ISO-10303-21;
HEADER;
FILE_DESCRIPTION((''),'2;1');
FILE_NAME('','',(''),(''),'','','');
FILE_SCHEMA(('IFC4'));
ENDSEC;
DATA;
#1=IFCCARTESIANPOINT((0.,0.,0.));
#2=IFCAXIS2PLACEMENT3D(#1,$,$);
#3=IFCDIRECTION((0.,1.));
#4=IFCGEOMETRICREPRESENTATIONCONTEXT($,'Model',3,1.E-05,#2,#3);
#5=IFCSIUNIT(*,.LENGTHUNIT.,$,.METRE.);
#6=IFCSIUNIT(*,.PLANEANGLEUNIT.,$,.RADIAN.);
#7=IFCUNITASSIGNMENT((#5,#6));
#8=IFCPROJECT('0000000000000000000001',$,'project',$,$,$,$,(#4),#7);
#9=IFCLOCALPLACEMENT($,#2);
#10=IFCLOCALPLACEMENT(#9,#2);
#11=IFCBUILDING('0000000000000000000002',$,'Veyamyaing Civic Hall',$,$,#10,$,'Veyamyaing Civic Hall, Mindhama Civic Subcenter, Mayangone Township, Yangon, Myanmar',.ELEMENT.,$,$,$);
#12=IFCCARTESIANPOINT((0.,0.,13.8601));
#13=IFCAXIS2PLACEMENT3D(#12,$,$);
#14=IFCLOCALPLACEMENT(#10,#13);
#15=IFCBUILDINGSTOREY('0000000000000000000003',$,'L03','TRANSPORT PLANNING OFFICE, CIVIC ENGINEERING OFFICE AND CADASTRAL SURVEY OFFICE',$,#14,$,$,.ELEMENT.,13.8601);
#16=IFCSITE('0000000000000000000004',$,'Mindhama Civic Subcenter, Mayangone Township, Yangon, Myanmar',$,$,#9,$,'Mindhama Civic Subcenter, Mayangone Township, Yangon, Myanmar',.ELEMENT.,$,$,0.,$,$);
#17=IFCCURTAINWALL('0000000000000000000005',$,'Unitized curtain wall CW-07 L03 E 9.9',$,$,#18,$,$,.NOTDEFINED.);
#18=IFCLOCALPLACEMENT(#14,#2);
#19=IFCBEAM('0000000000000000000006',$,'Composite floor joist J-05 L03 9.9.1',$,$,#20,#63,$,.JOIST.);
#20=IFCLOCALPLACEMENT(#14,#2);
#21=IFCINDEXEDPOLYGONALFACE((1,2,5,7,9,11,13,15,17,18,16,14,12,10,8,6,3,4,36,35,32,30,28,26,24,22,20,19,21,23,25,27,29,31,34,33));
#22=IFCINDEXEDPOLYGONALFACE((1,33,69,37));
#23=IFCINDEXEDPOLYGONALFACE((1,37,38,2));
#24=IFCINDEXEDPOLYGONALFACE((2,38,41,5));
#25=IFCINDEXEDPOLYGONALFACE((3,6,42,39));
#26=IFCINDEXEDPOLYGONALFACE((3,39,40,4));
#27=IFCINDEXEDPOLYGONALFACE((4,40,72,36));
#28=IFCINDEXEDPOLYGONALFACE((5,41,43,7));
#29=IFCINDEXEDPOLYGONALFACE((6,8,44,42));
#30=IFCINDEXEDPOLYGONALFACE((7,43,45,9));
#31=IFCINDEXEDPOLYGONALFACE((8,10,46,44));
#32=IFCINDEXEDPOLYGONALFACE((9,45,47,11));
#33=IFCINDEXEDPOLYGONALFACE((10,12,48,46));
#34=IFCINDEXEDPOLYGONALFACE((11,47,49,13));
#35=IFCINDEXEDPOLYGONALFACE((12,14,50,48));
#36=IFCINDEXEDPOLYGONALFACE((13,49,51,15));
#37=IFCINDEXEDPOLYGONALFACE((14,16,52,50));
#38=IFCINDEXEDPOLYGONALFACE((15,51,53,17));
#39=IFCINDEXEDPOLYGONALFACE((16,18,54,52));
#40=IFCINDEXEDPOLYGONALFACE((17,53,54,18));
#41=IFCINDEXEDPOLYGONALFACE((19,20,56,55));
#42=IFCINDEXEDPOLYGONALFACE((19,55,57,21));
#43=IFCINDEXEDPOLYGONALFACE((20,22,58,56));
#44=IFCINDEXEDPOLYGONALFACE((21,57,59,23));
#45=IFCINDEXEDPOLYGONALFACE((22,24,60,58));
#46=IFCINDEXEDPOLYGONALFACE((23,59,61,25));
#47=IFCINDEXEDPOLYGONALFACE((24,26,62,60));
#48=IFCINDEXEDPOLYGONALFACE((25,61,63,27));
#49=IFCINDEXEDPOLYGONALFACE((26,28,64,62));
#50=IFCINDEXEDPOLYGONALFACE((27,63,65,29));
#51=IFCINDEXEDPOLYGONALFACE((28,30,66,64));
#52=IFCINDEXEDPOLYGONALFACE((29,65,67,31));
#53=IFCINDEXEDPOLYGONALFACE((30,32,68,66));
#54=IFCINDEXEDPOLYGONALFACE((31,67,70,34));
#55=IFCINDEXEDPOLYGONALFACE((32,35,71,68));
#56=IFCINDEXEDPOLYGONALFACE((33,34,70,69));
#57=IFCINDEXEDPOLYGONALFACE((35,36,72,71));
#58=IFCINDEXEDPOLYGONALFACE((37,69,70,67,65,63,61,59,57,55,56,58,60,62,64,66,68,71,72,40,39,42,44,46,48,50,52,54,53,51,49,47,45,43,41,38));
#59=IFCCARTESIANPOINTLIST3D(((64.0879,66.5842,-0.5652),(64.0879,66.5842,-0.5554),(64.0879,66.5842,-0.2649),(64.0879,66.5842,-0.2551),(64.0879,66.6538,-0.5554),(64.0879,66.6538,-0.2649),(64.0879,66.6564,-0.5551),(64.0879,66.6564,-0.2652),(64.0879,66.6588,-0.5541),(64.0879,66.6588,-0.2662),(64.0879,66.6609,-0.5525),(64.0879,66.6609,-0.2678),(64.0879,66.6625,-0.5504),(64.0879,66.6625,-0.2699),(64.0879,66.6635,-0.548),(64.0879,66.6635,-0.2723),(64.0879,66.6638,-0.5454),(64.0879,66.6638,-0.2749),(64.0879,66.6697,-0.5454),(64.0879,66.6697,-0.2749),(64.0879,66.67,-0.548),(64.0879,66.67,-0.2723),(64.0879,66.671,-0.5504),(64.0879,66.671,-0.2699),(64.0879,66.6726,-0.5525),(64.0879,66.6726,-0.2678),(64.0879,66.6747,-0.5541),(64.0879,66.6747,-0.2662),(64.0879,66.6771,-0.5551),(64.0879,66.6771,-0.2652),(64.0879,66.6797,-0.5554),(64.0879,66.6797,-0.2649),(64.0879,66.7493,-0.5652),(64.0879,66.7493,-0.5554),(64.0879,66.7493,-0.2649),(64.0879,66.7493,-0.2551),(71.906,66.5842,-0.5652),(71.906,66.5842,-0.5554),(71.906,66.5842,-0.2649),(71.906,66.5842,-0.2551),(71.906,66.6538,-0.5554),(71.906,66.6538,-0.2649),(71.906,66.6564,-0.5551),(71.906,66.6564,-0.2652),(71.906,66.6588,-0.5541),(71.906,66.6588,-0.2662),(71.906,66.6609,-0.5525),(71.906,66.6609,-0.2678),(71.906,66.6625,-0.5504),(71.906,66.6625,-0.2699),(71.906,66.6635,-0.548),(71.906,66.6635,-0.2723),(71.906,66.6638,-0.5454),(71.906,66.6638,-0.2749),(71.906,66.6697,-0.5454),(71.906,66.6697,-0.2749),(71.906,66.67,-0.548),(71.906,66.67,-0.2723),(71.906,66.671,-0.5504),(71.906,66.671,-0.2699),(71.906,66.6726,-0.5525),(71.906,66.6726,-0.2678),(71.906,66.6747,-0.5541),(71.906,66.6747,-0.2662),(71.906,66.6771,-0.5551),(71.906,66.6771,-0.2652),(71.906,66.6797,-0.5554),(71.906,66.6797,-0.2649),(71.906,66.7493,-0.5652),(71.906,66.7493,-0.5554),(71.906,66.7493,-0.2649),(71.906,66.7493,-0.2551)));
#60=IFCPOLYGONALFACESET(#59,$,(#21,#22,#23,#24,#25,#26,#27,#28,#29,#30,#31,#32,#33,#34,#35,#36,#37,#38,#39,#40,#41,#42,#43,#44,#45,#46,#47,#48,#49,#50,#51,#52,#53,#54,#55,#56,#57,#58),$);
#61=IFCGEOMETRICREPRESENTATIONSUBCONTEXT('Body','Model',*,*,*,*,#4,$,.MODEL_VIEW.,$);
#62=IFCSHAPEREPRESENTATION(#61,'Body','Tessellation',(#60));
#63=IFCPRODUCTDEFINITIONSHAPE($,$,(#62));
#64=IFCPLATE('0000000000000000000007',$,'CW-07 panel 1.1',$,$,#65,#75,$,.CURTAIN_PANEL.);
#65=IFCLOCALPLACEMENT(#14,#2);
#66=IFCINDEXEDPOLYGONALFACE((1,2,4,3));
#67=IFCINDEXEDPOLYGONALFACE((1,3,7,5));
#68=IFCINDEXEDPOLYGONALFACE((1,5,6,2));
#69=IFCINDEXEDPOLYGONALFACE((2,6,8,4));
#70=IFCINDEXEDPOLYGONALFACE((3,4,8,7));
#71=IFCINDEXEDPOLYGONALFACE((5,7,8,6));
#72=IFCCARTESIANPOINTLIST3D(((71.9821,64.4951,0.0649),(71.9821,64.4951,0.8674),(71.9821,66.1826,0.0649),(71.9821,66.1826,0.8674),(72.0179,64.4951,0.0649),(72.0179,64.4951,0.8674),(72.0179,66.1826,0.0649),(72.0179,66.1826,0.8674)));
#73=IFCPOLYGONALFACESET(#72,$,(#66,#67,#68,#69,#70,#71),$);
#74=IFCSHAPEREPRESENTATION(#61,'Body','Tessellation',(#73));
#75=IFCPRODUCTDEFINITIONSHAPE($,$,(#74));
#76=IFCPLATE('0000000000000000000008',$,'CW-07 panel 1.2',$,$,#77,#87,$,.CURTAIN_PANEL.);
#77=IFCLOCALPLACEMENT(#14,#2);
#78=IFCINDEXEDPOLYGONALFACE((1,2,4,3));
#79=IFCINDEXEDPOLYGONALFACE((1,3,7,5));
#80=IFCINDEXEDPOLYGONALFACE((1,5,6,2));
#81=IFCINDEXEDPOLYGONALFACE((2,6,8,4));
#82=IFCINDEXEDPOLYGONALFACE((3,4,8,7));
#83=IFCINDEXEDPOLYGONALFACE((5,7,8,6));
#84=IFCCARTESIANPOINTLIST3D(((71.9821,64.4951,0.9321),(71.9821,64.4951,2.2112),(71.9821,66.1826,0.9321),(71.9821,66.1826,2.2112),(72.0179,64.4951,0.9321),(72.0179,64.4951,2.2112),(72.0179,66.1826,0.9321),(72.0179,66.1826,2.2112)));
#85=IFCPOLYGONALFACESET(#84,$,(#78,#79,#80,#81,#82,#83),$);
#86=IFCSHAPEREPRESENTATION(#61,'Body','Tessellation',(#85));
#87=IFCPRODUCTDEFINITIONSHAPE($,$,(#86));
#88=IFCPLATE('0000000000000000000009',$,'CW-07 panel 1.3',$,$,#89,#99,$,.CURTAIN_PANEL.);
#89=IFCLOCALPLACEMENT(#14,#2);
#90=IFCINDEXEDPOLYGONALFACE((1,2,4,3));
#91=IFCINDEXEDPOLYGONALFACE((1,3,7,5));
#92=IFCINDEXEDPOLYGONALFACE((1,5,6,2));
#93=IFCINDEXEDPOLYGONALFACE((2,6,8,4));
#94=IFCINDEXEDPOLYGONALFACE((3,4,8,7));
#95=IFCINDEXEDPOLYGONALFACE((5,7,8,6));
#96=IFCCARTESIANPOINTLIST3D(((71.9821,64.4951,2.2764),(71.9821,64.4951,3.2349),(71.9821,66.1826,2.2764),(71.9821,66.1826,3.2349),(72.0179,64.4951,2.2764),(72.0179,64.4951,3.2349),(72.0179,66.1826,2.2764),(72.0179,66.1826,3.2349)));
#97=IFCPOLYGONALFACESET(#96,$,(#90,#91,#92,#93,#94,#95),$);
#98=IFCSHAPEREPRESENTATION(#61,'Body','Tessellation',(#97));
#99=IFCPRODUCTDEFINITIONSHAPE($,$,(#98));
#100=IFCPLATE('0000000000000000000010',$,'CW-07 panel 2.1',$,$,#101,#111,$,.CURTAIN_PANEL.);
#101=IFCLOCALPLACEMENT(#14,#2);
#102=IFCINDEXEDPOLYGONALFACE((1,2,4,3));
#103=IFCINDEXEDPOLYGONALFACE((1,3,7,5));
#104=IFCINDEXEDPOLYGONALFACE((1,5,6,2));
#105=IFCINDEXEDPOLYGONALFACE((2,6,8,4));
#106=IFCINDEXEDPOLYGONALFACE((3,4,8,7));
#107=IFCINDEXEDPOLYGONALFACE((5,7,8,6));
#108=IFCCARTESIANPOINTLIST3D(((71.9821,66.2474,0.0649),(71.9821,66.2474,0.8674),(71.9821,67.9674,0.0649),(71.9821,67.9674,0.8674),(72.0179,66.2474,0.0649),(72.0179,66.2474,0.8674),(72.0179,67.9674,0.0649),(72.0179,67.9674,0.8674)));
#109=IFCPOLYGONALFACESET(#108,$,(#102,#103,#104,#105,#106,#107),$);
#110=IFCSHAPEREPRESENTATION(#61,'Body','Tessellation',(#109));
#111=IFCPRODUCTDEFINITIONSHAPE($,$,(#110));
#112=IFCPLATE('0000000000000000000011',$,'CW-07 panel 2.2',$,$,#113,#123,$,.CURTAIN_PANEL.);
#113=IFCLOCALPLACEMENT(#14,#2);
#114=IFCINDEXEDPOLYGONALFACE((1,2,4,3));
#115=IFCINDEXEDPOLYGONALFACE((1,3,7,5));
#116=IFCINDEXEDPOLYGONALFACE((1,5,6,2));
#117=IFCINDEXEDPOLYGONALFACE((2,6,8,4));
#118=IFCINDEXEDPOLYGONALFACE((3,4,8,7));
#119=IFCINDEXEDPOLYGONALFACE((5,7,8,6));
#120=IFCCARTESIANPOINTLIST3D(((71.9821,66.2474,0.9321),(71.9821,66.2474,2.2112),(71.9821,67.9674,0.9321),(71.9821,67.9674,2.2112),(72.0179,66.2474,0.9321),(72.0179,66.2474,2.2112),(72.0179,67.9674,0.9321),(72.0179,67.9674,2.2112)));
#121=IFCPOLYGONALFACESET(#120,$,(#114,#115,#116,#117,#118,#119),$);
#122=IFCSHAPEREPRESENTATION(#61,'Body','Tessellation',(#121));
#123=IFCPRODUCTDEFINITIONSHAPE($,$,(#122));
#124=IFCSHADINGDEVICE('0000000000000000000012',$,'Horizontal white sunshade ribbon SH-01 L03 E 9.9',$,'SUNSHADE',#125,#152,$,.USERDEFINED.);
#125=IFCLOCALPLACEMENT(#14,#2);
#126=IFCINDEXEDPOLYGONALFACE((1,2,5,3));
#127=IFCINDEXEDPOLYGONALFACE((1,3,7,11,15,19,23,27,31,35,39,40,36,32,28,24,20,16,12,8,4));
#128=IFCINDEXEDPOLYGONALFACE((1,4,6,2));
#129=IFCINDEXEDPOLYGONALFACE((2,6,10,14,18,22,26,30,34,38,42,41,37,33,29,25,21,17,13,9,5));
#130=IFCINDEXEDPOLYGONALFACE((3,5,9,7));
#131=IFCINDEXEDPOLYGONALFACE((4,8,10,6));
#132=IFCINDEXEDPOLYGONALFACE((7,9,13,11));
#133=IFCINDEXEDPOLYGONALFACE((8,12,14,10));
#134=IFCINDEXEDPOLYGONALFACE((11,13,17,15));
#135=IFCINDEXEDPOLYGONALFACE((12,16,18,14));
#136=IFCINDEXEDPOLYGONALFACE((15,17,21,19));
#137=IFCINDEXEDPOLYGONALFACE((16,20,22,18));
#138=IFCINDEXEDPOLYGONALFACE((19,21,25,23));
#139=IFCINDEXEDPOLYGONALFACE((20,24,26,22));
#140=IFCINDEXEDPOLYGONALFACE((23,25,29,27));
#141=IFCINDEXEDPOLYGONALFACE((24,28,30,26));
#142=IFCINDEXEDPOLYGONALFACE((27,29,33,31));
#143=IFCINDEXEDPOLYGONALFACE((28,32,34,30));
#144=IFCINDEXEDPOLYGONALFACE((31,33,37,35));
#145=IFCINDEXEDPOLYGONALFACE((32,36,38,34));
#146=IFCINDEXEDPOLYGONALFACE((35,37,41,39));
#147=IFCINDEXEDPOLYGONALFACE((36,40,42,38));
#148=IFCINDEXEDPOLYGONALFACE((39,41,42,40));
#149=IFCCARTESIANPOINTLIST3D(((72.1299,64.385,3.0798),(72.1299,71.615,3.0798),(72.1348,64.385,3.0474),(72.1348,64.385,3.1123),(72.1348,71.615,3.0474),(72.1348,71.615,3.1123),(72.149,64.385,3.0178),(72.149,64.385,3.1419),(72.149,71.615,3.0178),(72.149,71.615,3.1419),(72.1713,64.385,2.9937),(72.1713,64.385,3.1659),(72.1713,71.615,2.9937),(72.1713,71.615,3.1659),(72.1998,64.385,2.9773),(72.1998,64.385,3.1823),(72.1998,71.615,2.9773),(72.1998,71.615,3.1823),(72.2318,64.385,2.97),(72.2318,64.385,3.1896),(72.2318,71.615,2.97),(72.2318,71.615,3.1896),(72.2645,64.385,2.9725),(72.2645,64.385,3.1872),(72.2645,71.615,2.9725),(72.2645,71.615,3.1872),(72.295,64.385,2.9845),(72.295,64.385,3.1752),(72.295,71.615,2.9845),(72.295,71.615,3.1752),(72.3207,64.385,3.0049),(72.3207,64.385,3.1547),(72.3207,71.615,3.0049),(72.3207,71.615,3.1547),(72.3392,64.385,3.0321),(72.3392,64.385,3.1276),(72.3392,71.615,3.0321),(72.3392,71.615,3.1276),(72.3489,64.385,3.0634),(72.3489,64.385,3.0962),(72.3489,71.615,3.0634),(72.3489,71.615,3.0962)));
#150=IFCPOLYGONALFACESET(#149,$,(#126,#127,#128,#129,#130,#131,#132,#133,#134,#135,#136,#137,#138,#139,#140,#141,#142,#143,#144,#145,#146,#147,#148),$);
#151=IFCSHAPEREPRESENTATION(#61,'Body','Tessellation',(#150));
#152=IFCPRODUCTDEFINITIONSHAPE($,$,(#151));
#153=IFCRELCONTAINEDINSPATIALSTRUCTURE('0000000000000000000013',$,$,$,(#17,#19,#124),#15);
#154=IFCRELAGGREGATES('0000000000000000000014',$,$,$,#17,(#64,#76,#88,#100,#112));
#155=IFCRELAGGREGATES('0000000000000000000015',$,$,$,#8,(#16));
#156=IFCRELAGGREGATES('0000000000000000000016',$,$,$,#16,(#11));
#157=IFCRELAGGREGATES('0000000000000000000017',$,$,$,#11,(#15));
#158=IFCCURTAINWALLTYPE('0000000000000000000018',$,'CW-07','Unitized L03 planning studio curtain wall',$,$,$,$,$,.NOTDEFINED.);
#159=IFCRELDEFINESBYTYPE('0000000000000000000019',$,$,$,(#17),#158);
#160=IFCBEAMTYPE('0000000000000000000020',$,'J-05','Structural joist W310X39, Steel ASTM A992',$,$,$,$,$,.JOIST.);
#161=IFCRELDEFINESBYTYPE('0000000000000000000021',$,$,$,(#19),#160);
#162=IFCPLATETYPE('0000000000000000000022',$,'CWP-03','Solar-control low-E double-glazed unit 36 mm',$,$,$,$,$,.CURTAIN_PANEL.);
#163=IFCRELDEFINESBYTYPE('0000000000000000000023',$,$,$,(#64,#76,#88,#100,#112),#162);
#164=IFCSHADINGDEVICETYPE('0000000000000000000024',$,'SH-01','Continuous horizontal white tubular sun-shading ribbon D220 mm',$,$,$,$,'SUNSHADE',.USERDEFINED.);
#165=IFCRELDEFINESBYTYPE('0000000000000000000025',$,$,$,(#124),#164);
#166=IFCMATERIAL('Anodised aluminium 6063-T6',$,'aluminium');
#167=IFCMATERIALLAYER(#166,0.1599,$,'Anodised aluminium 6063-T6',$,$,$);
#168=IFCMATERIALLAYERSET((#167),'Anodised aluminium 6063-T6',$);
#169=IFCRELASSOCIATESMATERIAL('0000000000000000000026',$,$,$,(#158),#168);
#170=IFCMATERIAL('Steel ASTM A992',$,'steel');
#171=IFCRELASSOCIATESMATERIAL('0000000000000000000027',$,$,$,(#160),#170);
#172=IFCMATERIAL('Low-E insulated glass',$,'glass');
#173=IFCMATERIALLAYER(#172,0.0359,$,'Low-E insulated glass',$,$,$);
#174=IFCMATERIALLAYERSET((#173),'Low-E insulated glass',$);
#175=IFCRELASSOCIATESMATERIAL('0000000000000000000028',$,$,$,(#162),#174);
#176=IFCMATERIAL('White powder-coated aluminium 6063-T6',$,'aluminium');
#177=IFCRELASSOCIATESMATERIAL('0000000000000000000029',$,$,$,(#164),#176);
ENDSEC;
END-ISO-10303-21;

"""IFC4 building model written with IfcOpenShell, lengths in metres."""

from ifc_helpers import new_model, si_unit, direction, frame, origin, origin_2d, place, context, subcontext, project, spatial, rectangle, circle, i_section, extrude, material, layer, layer_set, material_profile, profile_set, type_object, element, aggregate, save


model = new_model("IFC4")

# Units and contexts
model_context = context("Model", 3, precision=1e-05, world=origin(), true_north=direction((0.0, 1.0)))
body_context = subcontext(model_context, "Body", "Model", "MODEL_VIEW")
ifc_project = project(units=[si_unit("LENGTHUNIT", "METRE"), si_unit("PLANEANGLEUNIT", "RADIAN")], contexts=[model_context])

# Site, building, storey
site_placement = place(None, origin())
site = spatial("IfcSite", under=ifc_project, at=site_placement, Name="Mindhama Civic Subcenter, Mayangone Township, Yangon, Myanmar", LongName="Mindhama Civic Subcenter, Mayangone Township, Yangon, Myanmar", CompositionType="ELEMENT", RefElevation=0.0)
building_placement = place(site_placement, origin())
building = spatial("IfcBuilding", under=site, at=building_placement, Name="Veyamyaing Civic Hall", LongName="Veyamyaing Civic Hall, Mindhama Civic Subcenter, Mayangone Township, Yangon, Myanmar", CompositionType="ELEMENT")
storey_placement = place(building_placement, frame((0.0, 0.0, 13.8601)))
storey = spatial("IfcBuildingStorey", under=building, at=storey_placement, Name="L03", Description="TRANSPORT PLANNING OFFICE, CIVIC ENGINEERING OFFICE AND CADASTRAL SURVEY OFFICE", CompositionType="ELEMENT", Elevation=13.8601)

# Shared definitions
ifc_material_1 = material(Name="Steel ASTM A992", Category="steel")

# Curtain wall
ifc_material_2 = material(Name="Anodised aluminium 6063-T6", Category="aluminium")
ifc_layer_1 = layer(ifc_material_2, 0.1599, Name="Anodised aluminium 6063-T6")
ifc_layer_set_1 = layer_set([ifc_layer_1], Name="Anodised aluminium 6063-T6")
curtain_wall_type = type_object("IfcCurtainWallType", Name="CW-07", Description="Unitized L03 planning studio curtain wall", PredefinedType="NOTDEFINED", material=ifc_layer_set_1)
curtain_wall_placement = place(storey_placement, origin())
curtain_wall = element("IfcCurtainWall", 1, at=curtain_wall_placement, inside=storey, type_object=curtain_wall_type, Name="Unitized curtain wall CW-07 L03 E 9.9", PredefinedType="NOTDEFINED")

# Beam
ifc_material_profile_1 = material_profile(ifc_material_1, i_section(OverallWidth=0.165, OverallDepth=0.3101, WebThickness=0.0059, FlangeThickness=0.0098, FilletRadius=0.01, at=origin_2d()), Name="W310X39")
ifc_profile_set_1 = profile_set([ifc_material_profile_1], Name="Steel ASTM A992")
beam_type_1 = type_object("IfcBeamType", Name="J-05", Description="Structural joist W310X39, Steel ASTM A992", PredefinedType="JOIST", material=ifc_profile_set_1)
beam_1_placement = place(storey_placement, frame((64.0879, 66.6667, -0.4102), z_axis=(1.0, 0.0, 0.0), x_axis=(0.0, 1.0, 0.0)))
element("IfcBeam", 2, at=beam_1_placement, inside=storey, type_object=beam_type_1, Name="Composite floor joist J-05 L03 9.9.1", PredefinedType="JOIST", context=body_context, shape_type="SweptSolid", body=[
    extrude(i_section(OverallWidth=0.165, OverallDepth=0.3101, WebThickness=0.0059, FlangeThickness=0.0098, FilletRadius=0.01, at=origin_2d()), origin(), (0.0, 0.0, 1.0), 7.8181),
])

# Plates
ifc_material_3 = material(Name="Low-E insulated glass", Category="glass")
ifc_layer_2 = layer(ifc_material_3, 0.0359, Name="Low-E insulated glass")
ifc_layer_set_2 = layer_set([ifc_layer_2], Name="Low-E insulated glass")
plate_type = type_object("IfcPlateType", Name="CWP-03", Description="Solar-control low-E double-glazed unit 36 mm", PredefinedType="CURTAIN_PANEL", material=ifc_layer_set_2)
plate_1_placement = place(storey_placement, frame((72.0, 65.3389, 0.0649), z_axis=(0.0, 0.0, 1.0), x_axis=(0.0, 1.0, 0.0)))
plate_1 = element("IfcPlate", 3, at=plate_1_placement, type_object=plate_type, Name="CW-07 panel 1.1", PredefinedType="CURTAIN_PANEL", context=body_context, shape_type="SweptSolid", body=[
    extrude(rectangle(XDim=1.6875, YDim=0.0359, at=origin_2d()), origin(), (0.0, 0.0, 1.0), 0.8025),
])
plate_2_placement = place(storey_placement, frame((72.0, 65.3389, 0.9321), z_axis=(0.0, 0.0, 1.0), x_axis=(0.0, 1.0, 0.0)))
plate_2 = element("IfcPlate", 4, at=plate_2_placement, type_object=plate_type, Name="CW-07 panel 1.2", PredefinedType="CURTAIN_PANEL", context=body_context, shape_type="SweptSolid", body=[
    extrude(rectangle(XDim=1.6875, YDim=0.0359, at=origin_2d()), origin(), (0.0, 0.0, 1.0), 1.2791),
])
plate_3_placement = place(storey_placement, frame((72.0, 65.3389, 2.2764), z_axis=(0.0, 0.0, 1.0), x_axis=(0.0, 1.0, 0.0)))
plate_3 = element("IfcPlate", 5, at=plate_3_placement, type_object=plate_type, Name="CW-07 panel 1.3", PredefinedType="CURTAIN_PANEL", context=body_context, shape_type="SweptSolid", body=[
    extrude(rectangle(XDim=1.6875, YDim=0.0359, at=origin_2d()), origin(), (0.0, 0.0, 1.0), 0.9585),
])
plate_4_placement = place(storey_placement, frame((72.0, 67.1074, 0.0649), z_axis=(0.0, 0.0, 1.0), x_axis=(0.0, 1.0, 0.0)))
plate_4 = element("IfcPlate", 6, at=plate_4_placement, type_object=plate_type, Name="CW-07 panel 2.1", PredefinedType="CURTAIN_PANEL", context=body_context, shape_type="SweptSolid", body=[
    extrude(rectangle(XDim=1.72, YDim=0.0359, at=origin_2d()), origin(), (0.0, 0.0, 1.0), 0.8025),
])
plate_5_placement = place(storey_placement, frame((72.0, 67.1074, 0.9321), z_axis=(0.0, 0.0, 1.0), x_axis=(0.0, 1.0, 0.0)))
plate_5 = element("IfcPlate", 7, at=plate_5_placement, type_object=plate_type, Name="CW-07 panel 2.2", PredefinedType="CURTAIN_PANEL", context=body_context, shape_type="SweptSolid", body=[
    extrude(rectangle(XDim=1.72, YDim=0.0359, at=origin_2d()), origin(), (0.0, 0.0, 1.0), 1.2791),
])
aggregate(curtain_wall, [plate_1, plate_2, plate_3, plate_4, plate_5])

# Shading device
ifc_material_4 = material(Name="White powder-coated aluminium 6063-T6", Category="aluminium")
ifc_material_profile_2 = material_profile(ifc_material_4, circle(Radius=0.1101, at=origin_2d()), Name="SHADE-TUBE-220")
ifc_profile_set_2 = profile_set([ifc_material_profile_2], Name="White powder-coated aluminium 6063-T6")
shading_device_type = type_object("IfcShadingDeviceType", Name="SH-01", Description="Continuous horizontal white tubular sun-shading ribbon D220 mm", ElementType="SUNSHADE", PredefinedType="USERDEFINED", material=ifc_profile_set_2)
shading_device_placement = place(storey_placement, frame((72.24, 64.385, 3.0798), z_axis=(0.0, 1.0, 0.0), x_axis=(-1.0, 0.0, 0.0)))
element("IfcShadingDevice", 8, at=shading_device_placement, inside=storey, type_object=shading_device_type, Name="Horizontal white sunshade ribbon SH-01 L03 E 9.9", ObjectType="SUNSHADE", PredefinedType="USERDEFINED", context=body_context, shape_type="SweptSolid", body=[
    extrude(circle(Radius=0.1101, at=origin_2d()), origin(), (0.0, 0.0, 1.0), 7.23),
])

save(model, "model.ifc")
